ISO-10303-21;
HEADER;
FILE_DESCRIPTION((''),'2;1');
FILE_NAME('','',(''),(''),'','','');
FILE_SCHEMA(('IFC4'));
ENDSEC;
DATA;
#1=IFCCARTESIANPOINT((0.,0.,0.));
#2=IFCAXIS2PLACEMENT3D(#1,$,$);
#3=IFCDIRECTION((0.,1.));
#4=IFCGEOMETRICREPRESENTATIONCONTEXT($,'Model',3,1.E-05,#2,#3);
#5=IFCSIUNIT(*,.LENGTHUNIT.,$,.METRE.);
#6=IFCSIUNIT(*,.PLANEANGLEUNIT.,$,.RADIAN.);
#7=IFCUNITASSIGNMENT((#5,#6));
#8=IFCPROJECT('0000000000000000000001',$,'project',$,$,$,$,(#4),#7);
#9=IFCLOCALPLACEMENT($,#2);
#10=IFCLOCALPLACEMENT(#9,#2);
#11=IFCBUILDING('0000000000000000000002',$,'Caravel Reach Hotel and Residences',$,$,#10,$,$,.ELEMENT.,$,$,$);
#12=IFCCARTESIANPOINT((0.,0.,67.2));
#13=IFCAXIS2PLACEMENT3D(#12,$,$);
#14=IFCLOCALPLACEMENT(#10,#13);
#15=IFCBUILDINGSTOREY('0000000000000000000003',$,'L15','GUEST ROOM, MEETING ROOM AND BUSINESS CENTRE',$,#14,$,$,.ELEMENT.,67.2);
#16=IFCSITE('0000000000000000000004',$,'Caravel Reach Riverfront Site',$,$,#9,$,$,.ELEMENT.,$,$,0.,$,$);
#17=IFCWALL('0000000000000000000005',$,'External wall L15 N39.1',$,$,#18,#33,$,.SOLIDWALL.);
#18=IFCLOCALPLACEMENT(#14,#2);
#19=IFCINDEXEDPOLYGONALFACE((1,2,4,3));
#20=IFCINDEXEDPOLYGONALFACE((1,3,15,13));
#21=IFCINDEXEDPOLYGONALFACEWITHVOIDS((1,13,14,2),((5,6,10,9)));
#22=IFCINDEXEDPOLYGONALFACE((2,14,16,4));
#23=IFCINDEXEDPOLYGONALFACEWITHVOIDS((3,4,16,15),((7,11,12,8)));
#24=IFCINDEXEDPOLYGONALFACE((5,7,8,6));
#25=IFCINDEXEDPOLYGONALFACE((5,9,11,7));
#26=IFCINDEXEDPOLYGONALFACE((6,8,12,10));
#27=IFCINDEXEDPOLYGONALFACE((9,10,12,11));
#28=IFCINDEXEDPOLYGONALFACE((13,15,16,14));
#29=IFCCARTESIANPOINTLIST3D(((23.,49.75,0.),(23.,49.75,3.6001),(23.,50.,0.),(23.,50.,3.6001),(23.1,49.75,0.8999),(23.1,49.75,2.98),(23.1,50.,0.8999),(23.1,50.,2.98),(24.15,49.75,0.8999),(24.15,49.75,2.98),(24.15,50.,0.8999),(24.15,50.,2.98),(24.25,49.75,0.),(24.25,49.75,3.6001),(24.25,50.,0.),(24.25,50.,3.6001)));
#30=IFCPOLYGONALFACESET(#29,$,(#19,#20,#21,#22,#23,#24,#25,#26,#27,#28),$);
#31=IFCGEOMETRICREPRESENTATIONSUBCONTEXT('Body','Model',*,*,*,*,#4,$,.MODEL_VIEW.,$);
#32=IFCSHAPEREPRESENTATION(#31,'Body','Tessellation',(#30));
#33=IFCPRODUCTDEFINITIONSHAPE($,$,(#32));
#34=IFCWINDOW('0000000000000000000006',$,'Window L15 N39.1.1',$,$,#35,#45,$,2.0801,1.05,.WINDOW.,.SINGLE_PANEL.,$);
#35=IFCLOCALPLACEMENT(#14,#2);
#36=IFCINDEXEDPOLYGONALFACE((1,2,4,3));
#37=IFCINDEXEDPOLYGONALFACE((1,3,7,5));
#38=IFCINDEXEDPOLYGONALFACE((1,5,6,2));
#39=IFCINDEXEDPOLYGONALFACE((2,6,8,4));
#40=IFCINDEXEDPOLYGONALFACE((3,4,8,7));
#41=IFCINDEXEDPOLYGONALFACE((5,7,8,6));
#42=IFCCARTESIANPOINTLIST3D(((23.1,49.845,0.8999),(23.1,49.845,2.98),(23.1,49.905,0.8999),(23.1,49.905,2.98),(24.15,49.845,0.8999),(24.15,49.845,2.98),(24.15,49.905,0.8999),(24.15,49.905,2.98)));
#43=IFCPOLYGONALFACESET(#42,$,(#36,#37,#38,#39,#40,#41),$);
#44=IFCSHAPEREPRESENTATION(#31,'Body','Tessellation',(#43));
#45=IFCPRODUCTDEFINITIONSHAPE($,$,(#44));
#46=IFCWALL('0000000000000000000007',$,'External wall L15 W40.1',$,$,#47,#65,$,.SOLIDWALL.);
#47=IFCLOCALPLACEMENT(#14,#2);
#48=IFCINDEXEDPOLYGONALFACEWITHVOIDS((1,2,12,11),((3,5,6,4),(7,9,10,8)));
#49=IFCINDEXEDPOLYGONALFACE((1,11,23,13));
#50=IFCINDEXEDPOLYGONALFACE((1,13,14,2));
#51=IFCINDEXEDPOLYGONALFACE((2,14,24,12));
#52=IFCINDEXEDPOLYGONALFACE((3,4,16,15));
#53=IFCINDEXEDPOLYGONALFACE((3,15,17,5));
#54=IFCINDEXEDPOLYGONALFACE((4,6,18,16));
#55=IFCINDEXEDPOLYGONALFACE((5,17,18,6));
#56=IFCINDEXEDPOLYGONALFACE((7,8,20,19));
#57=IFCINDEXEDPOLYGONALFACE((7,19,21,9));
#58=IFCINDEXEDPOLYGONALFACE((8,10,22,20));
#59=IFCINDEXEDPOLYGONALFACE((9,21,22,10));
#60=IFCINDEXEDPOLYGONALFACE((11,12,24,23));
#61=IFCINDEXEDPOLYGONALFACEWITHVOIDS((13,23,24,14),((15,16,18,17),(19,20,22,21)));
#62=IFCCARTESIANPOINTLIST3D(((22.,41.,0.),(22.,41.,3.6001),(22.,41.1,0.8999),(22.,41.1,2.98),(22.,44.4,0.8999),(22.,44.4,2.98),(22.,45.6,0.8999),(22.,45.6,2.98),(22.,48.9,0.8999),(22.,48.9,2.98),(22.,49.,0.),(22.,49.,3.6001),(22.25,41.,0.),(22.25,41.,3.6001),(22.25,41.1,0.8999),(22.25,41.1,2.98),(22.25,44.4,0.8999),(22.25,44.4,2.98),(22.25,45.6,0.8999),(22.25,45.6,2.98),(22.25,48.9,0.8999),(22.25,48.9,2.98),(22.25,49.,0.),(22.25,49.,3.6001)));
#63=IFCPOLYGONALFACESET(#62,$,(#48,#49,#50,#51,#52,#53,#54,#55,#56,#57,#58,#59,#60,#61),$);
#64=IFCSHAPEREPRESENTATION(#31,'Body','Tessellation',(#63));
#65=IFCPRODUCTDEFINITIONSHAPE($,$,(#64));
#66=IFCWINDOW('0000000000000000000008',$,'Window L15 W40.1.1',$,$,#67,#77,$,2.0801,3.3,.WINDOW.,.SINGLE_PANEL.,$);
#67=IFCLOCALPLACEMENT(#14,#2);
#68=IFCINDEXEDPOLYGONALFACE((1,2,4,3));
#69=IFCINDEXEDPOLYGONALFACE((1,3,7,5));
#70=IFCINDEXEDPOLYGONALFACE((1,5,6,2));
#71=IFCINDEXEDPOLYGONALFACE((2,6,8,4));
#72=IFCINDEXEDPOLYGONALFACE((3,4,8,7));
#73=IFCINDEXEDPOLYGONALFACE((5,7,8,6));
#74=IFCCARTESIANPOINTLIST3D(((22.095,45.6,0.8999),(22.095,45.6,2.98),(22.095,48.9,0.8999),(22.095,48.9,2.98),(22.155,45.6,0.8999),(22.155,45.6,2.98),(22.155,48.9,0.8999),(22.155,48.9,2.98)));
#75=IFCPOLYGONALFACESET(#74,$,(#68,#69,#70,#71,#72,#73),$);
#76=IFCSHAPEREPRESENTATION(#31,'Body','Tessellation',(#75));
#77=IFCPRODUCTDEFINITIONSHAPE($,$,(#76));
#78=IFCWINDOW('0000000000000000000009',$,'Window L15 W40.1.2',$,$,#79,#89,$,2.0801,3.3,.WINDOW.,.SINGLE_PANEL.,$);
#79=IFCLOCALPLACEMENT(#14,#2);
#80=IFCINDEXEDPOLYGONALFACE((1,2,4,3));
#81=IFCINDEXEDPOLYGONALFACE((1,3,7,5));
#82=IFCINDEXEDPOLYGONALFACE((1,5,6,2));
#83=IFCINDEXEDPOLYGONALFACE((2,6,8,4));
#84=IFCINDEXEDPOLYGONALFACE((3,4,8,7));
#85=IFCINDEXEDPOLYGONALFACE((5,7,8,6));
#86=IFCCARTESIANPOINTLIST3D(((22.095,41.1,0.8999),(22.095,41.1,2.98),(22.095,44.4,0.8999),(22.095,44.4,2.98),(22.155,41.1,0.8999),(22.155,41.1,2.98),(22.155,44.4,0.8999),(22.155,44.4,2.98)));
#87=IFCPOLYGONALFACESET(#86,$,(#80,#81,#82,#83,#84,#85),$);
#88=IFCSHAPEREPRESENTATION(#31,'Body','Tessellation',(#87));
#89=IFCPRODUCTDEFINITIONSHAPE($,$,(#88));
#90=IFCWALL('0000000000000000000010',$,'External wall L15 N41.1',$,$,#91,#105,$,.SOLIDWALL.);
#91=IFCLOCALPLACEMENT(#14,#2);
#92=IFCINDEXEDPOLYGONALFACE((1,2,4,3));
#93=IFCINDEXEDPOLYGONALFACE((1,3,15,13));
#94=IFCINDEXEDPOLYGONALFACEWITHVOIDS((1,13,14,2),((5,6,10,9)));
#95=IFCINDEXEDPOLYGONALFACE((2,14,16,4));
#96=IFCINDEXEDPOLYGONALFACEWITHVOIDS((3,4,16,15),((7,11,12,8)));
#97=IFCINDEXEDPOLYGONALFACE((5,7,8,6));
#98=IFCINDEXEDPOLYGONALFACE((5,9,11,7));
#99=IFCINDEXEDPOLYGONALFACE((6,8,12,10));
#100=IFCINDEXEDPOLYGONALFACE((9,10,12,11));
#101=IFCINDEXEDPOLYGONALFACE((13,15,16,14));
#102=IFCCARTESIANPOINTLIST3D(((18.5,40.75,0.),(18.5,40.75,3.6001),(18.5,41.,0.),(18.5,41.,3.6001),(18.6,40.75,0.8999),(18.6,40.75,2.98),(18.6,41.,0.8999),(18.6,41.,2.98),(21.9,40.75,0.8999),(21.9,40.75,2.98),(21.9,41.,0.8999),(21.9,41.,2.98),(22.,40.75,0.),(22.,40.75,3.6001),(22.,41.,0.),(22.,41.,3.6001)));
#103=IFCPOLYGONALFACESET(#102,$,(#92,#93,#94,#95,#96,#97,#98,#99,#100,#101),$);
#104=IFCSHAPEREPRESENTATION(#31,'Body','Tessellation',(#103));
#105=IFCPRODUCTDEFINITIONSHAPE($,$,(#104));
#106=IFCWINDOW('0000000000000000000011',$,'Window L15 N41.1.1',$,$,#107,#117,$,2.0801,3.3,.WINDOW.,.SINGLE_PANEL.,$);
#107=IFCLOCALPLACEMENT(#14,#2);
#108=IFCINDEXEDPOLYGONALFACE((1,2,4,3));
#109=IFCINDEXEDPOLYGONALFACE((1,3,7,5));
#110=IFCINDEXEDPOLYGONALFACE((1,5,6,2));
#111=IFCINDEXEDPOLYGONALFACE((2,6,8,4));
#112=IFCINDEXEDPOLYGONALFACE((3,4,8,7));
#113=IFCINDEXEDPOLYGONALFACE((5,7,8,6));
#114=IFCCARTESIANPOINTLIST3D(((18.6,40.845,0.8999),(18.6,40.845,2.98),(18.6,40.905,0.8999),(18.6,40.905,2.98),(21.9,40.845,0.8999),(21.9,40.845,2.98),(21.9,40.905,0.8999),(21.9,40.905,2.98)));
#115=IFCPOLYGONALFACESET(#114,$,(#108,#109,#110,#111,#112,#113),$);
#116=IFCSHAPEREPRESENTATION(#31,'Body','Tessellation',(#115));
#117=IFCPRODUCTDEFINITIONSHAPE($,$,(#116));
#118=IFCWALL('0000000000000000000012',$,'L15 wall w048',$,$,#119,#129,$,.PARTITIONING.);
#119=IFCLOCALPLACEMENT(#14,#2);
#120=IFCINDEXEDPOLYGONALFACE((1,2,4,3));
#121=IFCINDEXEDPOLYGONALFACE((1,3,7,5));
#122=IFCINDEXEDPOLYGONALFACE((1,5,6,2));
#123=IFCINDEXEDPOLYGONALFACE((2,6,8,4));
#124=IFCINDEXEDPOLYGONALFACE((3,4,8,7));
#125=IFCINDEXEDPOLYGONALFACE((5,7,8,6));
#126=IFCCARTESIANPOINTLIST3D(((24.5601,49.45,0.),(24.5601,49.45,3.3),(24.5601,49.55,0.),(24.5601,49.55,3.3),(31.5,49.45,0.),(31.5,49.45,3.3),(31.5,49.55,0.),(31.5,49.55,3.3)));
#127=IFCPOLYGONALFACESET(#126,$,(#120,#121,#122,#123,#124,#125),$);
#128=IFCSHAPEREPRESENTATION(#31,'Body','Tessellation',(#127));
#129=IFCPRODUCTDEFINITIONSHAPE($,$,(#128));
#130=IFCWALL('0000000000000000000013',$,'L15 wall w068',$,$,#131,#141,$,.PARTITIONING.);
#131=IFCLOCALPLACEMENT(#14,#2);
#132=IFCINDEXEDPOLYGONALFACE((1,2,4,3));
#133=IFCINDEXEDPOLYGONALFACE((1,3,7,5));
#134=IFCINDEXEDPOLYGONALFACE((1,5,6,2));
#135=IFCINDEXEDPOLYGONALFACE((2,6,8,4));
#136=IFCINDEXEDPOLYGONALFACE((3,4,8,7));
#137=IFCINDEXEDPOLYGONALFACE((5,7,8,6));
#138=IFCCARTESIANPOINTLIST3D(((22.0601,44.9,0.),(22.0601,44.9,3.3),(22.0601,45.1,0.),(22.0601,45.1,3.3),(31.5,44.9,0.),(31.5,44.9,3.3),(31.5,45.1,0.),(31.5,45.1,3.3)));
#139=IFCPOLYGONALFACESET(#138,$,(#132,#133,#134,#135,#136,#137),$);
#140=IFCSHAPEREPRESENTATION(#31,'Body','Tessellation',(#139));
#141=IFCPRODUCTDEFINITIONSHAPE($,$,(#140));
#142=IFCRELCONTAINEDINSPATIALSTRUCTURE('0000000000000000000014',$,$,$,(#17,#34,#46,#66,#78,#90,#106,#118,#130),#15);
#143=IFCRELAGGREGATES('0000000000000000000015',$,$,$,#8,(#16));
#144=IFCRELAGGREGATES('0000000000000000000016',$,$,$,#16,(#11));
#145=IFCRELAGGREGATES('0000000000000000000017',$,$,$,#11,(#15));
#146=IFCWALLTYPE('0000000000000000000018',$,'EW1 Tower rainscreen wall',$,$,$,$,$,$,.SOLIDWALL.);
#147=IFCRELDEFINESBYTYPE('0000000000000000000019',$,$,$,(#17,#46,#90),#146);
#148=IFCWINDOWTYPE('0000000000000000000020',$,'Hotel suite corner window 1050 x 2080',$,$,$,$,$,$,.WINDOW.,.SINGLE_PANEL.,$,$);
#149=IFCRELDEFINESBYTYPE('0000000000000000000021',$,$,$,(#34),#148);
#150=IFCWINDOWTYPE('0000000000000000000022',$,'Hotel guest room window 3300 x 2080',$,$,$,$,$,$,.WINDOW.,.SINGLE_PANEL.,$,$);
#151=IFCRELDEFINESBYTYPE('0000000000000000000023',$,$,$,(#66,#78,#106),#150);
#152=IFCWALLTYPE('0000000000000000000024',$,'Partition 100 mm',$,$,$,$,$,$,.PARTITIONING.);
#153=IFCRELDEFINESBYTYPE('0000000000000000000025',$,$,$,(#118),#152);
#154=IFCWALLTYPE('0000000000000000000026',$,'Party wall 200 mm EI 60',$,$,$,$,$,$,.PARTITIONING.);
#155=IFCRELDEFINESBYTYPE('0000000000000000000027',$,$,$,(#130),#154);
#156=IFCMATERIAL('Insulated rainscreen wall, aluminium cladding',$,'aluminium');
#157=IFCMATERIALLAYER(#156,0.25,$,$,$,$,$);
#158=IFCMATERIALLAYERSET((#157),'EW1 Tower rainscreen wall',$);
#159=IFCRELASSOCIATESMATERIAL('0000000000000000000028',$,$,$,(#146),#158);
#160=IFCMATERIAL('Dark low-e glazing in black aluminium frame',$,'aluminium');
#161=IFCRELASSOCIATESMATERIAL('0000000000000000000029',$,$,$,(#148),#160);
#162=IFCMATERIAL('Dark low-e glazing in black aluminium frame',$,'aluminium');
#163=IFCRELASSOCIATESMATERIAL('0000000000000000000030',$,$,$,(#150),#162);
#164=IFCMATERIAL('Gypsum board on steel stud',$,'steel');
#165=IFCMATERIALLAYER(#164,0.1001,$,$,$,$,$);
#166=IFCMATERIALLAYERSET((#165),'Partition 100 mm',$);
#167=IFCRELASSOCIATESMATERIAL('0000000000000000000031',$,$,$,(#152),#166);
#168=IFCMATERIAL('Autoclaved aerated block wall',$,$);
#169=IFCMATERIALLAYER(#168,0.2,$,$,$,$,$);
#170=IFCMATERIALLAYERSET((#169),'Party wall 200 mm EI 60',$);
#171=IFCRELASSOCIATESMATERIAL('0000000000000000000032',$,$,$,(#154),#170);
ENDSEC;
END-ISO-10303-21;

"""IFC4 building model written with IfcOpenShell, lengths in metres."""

from ifc_helpers import new_model, si_unit, direction, frame, frame_2d, origin, place, context, subcontext, project, spatial, rectangle, extrude, material, layer, layer_set, type_object, element, fill, save


model = new_model("IFC4")

# Units and contexts
model_context = context("Model", 3, precision=1e-05, world=origin(), true_north=direction((0.0, 1.0)))
body_context = subcontext(model_context, "Body", "Model", "MODEL_VIEW")
ifc_project = project(units=[si_unit("LENGTHUNIT", "METRE"), si_unit("PLANEANGLEUNIT", "RADIAN")], contexts=[model_context])

# Site, building, storey
site_placement = place(None, origin())
site = spatial("IfcSite", under=ifc_project, at=site_placement, Name="Caravel Reach Riverfront Site", CompositionType="ELEMENT", RefElevation=0.0)
building_placement = place(site_placement, origin())
building = spatial("IfcBuilding", under=site, at=building_placement, Name="Caravel Reach Hotel and Residences", CompositionType="ELEMENT")
storey_placement = place(building_placement, frame((0.0, 0.0, 67.2)))
storey = spatial("IfcBuildingStorey", under=building, at=storey_placement, Name="L15", Description="GUEST ROOM, MEETING ROOM AND BUSINESS CENTRE", CompositionType="ELEMENT", Elevation=67.2)

# Wall, opening, window
ifc_material_1 = material(Name="Insulated rainscreen wall, aluminium cladding", Category="aluminium")
ifc_layer_1 = layer(ifc_material_1, 0.25)
ifc_layer_set_1 = layer_set([ifc_layer_1], Name="EW1 Tower rainscreen wall")
wall_type_1 = type_object("IfcWallType", Name="EW1 Tower rainscreen wall", PredefinedType="SOLIDWALL", material=ifc_layer_set_1)
ifc_material_2 = material(Name="Dark low-e glazing in black aluminium frame", Category="aluminium")
window_type_1 = type_object("IfcWindowType", Name="Hotel suite corner window 1050 x 2080", PartitioningType="SINGLE_PANEL", PredefinedType="WINDOW", material=ifc_material_2)
wall_1_placement = place(storey_placement, frame((24.25, 49.875, 0.0), z_axis=(0.0, 0.0, 1.0), x_axis=(-1.0, 0.0, 0.0)))
wall_1 = element("IfcWall", 1, at=wall_1_placement, inside=storey, type_object=wall_type_1, Name="External wall L15 N39.1", PredefinedType="SOLIDWALL", context=body_context, shape_type="SweptSolid", body=[
    extrude(rectangle(XDim=1.25, YDim=0.25, at=frame_2d((0.625, 0.0))), origin(), (0.0, 0.0, 1.0), 3.6001),
])
opening_1_placement = place(wall_1_placement, frame((0.1001, 0.0, 0.8999)))
opening_1 = element("IfcOpeningElement", 2, at=opening_1_placement, cuts=wall_1, PredefinedType="OPENING", context=body_context, shape_type="SweptSolid", body=[
    extrude(rectangle(XDim=1.05, YDim=2.0801, at=frame_2d((0.5249, 1.04))), frame((0.0, 0.135, 0.0), z_axis=(0.0, -1.0, 0.0), x_axis=(1.0, 0.0, 0.0)), (0.0, 0.0, 1.0), 0.27),
])
window_1_placement = place(opening_1_placement, origin())
window_1 = element("IfcWindow", 3, at=window_1_placement, inside=storey, type_object=window_type_1, Name="Window L15 N39.1.1", OverallHeight=2.0801, OverallWidth=1.05, PartitioningType="SINGLE_PANEL", PredefinedType="WINDOW", context=body_context, shape_type="SweptSolid", body=[
    extrude(rectangle(XDim=1.05, YDim=2.0801, at=frame_2d((0.5249, 1.04))), frame((0.0, 0.03, 0.0), z_axis=(0.0, -1.0, 0.0), x_axis=(1.0, 0.0, 0.0)), (0.0, 0.0, 1.0), 0.0601),
])
fill(opening_1, window_1)

# Wall, openings, windows
wall_2_placement = place(storey_placement, frame((22.125, 49.0, 0.0), z_axis=(0.0, 0.0, 1.0), x_axis=(0.0, -1.0, 0.0)))
wall_2 = element("IfcWall", 4, at=wall_2_placement, inside=storey, type_object=wall_type_1, Name="External wall L15 W40.1", PredefinedType="SOLIDWALL", context=body_context, shape_type="SweptSolid", body=[
    extrude(rectangle(XDim=8.0, YDim=0.25, at=frame_2d((4.0, 0.0))), origin(), (0.0, 0.0, 1.0), 3.6001),
])
opening_2_placement = place(wall_2_placement, frame((0.1001, 0.0, 0.8999)))
opening_2 = element("IfcOpeningElement", 5, at=opening_2_placement, cuts=wall_2, PredefinedType="OPENING", context=body_context, shape_type="SweptSolid", body=[
    extrude(rectangle(XDim=3.3, YDim=2.0801, at=frame_2d((1.6499, 1.04))), frame((0.0, 0.135, 0.0), z_axis=(0.0, -1.0, 0.0), x_axis=(1.0, 0.0, 0.0)), (0.0, 0.0, 1.0), 0.27),
])
opening_3_placement = place(wall_2_placement, frame((4.6001, 0.0, 0.8999)))
opening_3 = element("IfcOpeningElement", 6, at=opening_3_placement, cuts=wall_2, PredefinedType="OPENING", context=body_context, shape_type="SweptSolid", body=[
    extrude(rectangle(XDim=3.3, YDim=2.0801, at=frame_2d((1.6499, 1.04))), frame((0.0, 0.135, 0.0), z_axis=(0.0, -1.0, 0.0), x_axis=(1.0, 0.0, 0.0)), (0.0, 0.0, 1.0), 0.27),
])
ifc_material_3 = material(Name="Dark low-e glazing in black aluminium frame", Category="aluminium")
window_type_2 = type_object("IfcWindowType", Name="Hotel guest room window 3300 x 2080", PartitioningType="SINGLE_PANEL", PredefinedType="WINDOW", material=ifc_material_3)
window_2_placement = place(opening_2_placement, origin())
window_2 = element("IfcWindow", 7, at=window_2_placement, inside=storey, type_object=window_type_2, Name="Window L15 W40.1.1", OverallHeight=2.0801, OverallWidth=3.3, PartitioningType="SINGLE_PANEL", PredefinedType="WINDOW", context=body_context, shape_type="SweptSolid", body=[
    extrude(rectangle(XDim=3.3, YDim=2.0801, at=frame_2d((1.6499, 1.04))), frame((0.0, 0.03, 0.0), z_axis=(0.0, -1.0, 0.0), x_axis=(1.0, 0.0, 0.0)), (0.0, 0.0, 1.0), 0.0601),
])
fill(opening_2, window_2)
window_3_placement = place(opening_3_placement, origin())
window_3 = element("IfcWindow", 8, at=window_3_placement, inside=storey, type_object=window_type_2, Name="Window L15 W40.1.2", OverallHeight=2.0801, OverallWidth=3.3, PartitioningType="SINGLE_PANEL", PredefinedType="WINDOW", context=body_context, shape_type="SweptSolid", body=[
    extrude(rectangle(XDim=3.3, YDim=2.0801, at=frame_2d((1.6499, 1.04))), frame((0.0, 0.03, 0.0), z_axis=(0.0, -1.0, 0.0), x_axis=(1.0, 0.0, 0.0)), (0.0, 0.0, 1.0), 0.0601),
])
fill(opening_3, window_3)

# Wall, opening, window
wall_3_placement = place(storey_placement, frame((22.0, 40.875, 0.0), z_axis=(0.0, 0.0, 1.0), x_axis=(-1.0, 0.0, 0.0)))
wall_3 = element("IfcWall", 9, at=wall_3_placement, inside=storey, type_object=wall_type_1, Name="External wall L15 N41.1", PredefinedType="SOLIDWALL", context=body_context, shape_type="SweptSolid", body=[
    extrude(rectangle(XDim=3.5, YDim=0.25, at=frame_2d((1.75, 0.0))), origin(), (0.0, 0.0, 1.0), 3.6001),
])
opening_4_placement = place(wall_3_placement, frame((0.1001, 0.0, 0.8999)))
opening_4 = element("IfcOpeningElement", 10, at=opening_4_placement, cuts=wall_3, PredefinedType="OPENING", context=body_context, shape_type="SweptSolid", body=[
    extrude(rectangle(XDim=3.3, YDim=2.0801, at=frame_2d((1.6499, 1.04))), frame((0.0, 0.135, 0.0), z_axis=(0.0, -1.0, 0.0), x_axis=(1.0, 0.0, 0.0)), (0.0, 0.0, 1.0), 0.27),
])
window_4_placement = place(opening_4_placement, origin())
window_4 = element("IfcWindow", 11, at=window_4_placement, inside=storey, type_object=window_type_2, Name="Window L15 N41.1.1", OverallHeight=2.0801, OverallWidth=3.3, PartitioningType="SINGLE_PANEL", PredefinedType="WINDOW", context=body_context, shape_type="SweptSolid", body=[
    extrude(rectangle(XDim=3.3, YDim=2.0801, at=frame_2d((1.6499, 1.04))), frame((0.0, 0.03, 0.0), z_axis=(0.0, -1.0, 0.0), x_axis=(1.0, 0.0, 0.0)), (0.0, 0.0, 1.0), 0.0601),
])
fill(opening_4, window_4)

# Walls
ifc_material_4 = material(Name="Gypsum board on steel stud", Category="steel")
ifc_layer_2 = layer(ifc_material_4, 0.1001)
ifc_layer_set_2 = layer_set([ifc_layer_2], Name="Partition 100 mm")
wall_type_2 = type_object("IfcWallType", Name="Partition 100 mm", PredefinedType="PARTITIONING", material=ifc_layer_set_2)
wall_4_placement = place(storey_placement, frame((24.5601, 49.5, 0.0), z_axis=(0.0, 0.0, 1.0), x_axis=(1.0, 0.0, 0.0)))
element("IfcWall", 12, at=wall_4_placement, inside=storey, type_object=wall_type_2, Name="L15 wall w048", PredefinedType="PARTITIONING", context=body_context, shape_type="SweptSolid", body=[
    extrude(rectangle(XDim=6.9399, YDim=0.1001, at=frame_2d((3.47, 0.0))), origin(), (0.0, 0.0, 1.0), 3.3),
])
ifc_material_5 = material(Name="Autoclaved aerated block wall")
ifc_layer_3 = layer(ifc_material_5, 0.2)
ifc_layer_set_3 = layer_set([ifc_layer_3], Name="Party wall 200 mm EI 60")
wall_type_3 = type_object("IfcWallType", Name="Party wall 200 mm EI 60", PredefinedType="PARTITIONING", material=ifc_layer_set_3)
wall_5_placement = place(storey_placement, frame((22.0601, 45.0, 0.0), z_axis=(0.0, 0.0, 1.0), x_axis=(1.0, 0.0, 0.0)))
element("IfcWall", 13, at=wall_5_placement, inside=storey, type_object=wall_type_3, Name="L15 wall w068", PredefinedType="PARTITIONING", context=body_context, shape_type="SweptSolid", body=[
    extrude(rectangle(XDim=9.4399, YDim=0.2, at=frame_2d((4.72, 0.0))), origin(), (0.0, 0.0, 1.0), 3.3),
])

save(model, "model.ifc")
